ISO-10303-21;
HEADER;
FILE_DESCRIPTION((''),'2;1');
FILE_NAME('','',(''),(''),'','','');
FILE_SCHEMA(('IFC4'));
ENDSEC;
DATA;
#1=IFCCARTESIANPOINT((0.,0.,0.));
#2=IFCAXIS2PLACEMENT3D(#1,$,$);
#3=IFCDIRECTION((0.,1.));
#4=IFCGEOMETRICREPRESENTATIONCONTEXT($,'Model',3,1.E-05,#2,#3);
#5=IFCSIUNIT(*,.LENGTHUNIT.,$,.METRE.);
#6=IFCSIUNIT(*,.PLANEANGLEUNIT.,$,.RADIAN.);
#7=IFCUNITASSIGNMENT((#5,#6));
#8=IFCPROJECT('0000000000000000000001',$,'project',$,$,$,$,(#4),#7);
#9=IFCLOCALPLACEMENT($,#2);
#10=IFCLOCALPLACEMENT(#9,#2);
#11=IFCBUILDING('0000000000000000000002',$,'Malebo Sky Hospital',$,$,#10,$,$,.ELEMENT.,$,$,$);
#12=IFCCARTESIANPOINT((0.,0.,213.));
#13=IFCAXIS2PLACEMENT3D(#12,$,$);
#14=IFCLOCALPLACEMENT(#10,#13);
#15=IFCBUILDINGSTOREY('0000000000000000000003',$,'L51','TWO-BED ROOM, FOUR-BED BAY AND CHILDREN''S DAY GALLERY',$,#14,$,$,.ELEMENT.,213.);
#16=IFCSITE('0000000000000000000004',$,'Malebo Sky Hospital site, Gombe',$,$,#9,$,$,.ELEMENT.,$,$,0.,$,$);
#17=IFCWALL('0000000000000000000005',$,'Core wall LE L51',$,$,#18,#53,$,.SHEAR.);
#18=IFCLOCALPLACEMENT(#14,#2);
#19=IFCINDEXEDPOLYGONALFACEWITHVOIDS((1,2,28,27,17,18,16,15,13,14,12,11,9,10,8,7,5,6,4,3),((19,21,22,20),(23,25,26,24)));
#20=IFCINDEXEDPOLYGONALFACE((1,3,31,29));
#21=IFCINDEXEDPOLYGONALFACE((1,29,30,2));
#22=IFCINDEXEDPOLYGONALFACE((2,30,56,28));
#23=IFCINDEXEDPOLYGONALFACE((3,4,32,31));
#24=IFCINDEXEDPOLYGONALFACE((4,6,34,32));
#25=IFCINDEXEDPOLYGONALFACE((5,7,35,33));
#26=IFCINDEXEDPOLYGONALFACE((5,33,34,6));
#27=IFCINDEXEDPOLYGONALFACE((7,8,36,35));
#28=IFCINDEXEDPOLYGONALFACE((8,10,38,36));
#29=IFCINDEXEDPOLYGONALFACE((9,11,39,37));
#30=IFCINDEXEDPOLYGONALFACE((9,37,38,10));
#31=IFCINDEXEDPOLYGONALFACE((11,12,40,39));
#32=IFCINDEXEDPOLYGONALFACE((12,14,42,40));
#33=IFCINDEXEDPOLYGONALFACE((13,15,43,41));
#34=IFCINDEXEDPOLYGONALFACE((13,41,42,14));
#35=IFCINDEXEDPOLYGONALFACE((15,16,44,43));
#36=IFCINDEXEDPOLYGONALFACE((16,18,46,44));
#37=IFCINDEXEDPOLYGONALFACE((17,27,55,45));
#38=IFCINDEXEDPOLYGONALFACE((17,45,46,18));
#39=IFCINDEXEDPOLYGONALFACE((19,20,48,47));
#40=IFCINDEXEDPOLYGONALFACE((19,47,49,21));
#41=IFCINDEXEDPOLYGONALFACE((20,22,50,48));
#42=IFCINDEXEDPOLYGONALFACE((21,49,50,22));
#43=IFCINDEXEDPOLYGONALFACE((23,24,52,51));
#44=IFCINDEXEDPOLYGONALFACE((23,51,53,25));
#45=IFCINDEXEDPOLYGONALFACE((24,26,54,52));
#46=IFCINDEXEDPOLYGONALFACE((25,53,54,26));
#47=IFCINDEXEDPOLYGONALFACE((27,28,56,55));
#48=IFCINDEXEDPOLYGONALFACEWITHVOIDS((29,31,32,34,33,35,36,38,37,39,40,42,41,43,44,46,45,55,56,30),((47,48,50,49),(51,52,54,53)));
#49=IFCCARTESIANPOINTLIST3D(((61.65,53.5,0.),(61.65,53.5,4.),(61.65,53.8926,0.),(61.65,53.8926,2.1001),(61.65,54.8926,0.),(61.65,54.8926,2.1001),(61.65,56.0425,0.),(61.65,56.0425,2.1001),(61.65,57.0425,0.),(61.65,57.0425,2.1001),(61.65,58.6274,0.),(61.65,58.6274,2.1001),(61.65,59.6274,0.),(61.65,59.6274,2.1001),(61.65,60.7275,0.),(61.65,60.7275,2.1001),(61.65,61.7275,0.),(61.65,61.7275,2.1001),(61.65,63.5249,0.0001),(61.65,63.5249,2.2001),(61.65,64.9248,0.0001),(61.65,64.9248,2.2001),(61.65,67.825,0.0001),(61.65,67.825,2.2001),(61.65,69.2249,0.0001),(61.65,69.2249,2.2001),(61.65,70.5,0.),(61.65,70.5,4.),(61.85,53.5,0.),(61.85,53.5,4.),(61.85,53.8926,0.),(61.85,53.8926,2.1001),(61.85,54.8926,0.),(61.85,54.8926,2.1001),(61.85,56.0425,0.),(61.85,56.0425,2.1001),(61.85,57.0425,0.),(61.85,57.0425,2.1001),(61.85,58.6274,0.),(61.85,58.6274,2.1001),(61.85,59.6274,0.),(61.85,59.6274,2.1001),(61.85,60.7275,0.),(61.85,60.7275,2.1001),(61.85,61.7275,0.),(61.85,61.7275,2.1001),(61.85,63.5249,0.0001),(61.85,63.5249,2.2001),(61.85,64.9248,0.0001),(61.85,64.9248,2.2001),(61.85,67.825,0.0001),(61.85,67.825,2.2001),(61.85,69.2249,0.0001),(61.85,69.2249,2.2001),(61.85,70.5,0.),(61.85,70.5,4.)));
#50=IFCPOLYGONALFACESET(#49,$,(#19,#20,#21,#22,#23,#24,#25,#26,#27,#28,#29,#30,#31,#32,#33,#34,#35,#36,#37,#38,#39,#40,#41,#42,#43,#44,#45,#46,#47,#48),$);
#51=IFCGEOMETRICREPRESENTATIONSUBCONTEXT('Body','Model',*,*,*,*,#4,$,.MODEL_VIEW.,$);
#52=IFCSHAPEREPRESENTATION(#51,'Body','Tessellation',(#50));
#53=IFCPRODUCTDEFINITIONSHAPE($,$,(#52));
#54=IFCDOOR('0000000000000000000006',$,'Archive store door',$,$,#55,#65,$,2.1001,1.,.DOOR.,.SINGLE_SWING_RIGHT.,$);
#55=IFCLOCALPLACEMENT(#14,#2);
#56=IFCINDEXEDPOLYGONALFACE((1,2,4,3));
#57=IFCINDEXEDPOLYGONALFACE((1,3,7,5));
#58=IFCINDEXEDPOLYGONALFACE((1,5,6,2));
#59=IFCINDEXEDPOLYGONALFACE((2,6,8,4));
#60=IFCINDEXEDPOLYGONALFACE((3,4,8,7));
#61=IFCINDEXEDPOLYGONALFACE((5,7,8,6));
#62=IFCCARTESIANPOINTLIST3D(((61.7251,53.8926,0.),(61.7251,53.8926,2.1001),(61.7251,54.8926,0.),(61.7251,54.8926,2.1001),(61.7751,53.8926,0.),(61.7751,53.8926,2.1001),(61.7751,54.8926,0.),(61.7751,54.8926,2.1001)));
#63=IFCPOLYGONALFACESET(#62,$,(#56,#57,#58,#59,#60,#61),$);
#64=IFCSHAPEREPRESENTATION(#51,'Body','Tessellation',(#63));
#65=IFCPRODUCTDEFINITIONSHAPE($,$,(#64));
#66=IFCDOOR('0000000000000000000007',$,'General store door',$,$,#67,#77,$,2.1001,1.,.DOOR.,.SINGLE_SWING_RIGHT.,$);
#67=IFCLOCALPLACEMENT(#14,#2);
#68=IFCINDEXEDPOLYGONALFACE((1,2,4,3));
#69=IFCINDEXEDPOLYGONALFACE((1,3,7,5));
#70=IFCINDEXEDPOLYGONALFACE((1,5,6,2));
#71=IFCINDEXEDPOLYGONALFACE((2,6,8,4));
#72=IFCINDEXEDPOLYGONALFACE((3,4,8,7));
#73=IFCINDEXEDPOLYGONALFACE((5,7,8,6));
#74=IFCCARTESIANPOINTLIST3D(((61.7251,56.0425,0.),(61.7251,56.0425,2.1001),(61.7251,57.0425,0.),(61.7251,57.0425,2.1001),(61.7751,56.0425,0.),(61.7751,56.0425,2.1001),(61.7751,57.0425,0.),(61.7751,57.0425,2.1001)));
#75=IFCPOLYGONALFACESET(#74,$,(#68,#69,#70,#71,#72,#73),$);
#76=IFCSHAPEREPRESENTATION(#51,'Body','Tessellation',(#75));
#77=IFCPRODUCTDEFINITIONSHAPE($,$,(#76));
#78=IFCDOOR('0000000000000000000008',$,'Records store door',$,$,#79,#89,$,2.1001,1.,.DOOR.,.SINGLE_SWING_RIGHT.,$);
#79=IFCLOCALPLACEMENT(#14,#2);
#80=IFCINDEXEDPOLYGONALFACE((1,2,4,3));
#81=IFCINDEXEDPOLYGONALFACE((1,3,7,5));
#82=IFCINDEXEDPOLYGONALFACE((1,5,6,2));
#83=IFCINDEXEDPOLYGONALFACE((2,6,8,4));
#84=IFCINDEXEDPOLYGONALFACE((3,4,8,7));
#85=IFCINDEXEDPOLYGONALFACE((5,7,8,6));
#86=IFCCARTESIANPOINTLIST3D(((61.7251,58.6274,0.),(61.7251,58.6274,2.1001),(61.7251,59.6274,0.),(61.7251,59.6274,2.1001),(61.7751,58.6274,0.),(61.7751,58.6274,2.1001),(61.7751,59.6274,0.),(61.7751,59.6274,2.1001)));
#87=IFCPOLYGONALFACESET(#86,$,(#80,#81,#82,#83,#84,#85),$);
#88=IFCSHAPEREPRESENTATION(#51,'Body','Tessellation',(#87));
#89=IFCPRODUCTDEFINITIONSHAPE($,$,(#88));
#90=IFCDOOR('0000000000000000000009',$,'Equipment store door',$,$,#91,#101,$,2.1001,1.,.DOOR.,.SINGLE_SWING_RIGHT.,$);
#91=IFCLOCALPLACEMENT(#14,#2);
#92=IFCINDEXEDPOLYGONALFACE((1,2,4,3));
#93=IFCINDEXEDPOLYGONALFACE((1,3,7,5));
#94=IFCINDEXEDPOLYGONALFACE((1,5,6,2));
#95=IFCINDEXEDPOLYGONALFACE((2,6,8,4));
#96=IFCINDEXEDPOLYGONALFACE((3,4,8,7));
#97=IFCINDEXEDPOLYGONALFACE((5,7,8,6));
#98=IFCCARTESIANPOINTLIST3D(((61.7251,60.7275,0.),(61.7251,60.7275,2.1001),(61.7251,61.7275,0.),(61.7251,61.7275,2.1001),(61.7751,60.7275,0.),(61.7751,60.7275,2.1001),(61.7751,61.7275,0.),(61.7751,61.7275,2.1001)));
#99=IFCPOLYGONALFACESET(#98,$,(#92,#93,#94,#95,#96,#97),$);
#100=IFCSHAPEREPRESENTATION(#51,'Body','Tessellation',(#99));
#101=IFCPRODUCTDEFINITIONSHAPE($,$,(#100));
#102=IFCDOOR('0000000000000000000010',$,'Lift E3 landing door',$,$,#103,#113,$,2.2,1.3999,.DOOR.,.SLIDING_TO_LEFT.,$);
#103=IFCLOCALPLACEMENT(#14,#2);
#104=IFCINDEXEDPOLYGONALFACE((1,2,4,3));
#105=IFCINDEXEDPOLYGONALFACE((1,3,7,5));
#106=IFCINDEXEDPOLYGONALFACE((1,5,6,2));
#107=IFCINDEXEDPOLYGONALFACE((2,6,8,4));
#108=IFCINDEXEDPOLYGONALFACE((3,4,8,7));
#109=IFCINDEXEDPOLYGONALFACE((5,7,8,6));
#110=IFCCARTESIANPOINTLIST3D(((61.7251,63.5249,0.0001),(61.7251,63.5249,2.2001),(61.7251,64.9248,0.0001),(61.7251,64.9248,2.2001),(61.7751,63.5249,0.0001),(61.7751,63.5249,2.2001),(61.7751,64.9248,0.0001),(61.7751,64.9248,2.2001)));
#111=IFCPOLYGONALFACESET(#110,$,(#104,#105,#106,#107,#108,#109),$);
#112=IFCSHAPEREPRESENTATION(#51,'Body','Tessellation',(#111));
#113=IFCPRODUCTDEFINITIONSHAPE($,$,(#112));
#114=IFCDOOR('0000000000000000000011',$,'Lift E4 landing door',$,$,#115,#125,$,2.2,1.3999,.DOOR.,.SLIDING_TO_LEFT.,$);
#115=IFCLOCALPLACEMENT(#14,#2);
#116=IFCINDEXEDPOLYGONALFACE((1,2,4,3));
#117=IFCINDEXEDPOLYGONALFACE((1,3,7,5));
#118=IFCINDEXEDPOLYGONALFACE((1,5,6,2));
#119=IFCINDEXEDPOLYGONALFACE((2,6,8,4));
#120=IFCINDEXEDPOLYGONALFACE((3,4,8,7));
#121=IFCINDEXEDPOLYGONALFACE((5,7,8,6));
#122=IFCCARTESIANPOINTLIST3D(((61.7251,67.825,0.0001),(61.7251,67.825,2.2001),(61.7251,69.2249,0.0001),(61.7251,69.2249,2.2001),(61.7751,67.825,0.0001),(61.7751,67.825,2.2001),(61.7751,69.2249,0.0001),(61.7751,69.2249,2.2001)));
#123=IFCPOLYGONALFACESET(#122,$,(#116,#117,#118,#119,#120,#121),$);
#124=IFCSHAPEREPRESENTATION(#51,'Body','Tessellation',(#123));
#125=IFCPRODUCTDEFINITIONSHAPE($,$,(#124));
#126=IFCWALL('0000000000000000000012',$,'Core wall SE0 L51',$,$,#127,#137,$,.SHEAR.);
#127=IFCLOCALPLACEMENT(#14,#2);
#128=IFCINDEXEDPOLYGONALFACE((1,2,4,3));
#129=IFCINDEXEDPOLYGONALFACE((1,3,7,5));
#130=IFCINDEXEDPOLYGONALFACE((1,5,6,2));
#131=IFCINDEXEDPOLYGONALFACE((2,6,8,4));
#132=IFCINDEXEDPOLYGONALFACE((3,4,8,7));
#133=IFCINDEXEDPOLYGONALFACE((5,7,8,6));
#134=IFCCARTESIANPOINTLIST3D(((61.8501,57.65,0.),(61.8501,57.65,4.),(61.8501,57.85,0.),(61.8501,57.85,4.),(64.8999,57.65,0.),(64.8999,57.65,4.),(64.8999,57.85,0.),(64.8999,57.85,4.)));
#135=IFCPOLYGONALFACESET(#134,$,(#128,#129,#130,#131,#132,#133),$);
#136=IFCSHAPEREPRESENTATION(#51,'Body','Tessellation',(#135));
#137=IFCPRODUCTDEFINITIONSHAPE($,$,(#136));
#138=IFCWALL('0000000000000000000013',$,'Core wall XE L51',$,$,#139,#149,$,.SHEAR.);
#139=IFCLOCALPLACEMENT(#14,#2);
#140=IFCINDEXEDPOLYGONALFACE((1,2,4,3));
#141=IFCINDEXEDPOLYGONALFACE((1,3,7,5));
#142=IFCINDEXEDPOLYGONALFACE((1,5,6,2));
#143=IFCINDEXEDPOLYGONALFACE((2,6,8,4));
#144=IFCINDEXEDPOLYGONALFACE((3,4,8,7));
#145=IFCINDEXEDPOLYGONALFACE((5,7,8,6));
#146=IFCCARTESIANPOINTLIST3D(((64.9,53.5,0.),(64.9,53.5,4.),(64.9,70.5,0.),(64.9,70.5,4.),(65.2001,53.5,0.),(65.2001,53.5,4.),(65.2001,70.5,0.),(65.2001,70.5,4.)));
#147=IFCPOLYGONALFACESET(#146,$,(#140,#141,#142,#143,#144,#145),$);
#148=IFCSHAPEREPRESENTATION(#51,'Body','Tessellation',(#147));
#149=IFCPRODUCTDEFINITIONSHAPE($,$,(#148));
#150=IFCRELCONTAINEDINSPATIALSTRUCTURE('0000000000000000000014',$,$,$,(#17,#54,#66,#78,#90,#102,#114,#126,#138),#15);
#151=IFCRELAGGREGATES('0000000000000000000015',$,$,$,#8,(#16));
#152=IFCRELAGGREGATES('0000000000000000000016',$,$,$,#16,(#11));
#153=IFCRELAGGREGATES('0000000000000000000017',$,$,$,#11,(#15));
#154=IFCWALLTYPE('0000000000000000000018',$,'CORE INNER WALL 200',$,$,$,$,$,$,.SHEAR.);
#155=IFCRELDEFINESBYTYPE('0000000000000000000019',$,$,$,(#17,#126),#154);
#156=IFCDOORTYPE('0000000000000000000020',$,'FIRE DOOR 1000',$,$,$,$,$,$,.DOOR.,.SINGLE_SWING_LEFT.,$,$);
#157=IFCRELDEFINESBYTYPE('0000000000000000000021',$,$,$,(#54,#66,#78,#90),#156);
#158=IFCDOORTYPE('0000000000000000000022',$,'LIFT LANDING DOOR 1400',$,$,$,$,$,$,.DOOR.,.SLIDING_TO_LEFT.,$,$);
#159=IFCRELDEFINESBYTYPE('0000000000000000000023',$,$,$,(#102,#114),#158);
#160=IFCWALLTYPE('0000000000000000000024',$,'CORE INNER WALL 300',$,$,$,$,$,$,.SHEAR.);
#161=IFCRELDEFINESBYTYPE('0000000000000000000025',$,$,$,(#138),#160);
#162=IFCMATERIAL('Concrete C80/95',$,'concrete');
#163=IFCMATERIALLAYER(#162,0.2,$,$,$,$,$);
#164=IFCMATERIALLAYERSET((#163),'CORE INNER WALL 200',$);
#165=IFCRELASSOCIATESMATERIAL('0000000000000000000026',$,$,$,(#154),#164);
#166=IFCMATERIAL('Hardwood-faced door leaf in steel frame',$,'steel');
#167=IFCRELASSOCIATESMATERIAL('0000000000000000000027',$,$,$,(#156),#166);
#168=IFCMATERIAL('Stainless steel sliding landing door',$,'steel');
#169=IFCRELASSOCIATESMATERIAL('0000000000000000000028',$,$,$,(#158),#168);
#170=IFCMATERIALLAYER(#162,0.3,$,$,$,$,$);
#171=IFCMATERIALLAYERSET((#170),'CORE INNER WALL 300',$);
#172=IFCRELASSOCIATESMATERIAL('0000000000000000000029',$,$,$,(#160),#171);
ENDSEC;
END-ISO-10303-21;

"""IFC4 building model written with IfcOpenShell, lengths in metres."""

from ifc_helpers import new_model, si_unit, direction, frame, frame_2d, origin, place, context, subcontext, project, spatial, rectangle, extrude, material, layer, layer_set, type_object, element, fill, save


model = new_model("IFC4")

# Units and contexts
model_context = context("Model", 3, precision=1e-05, world=origin(), true_north=direction((0.0, 1.0)))
body_context = subcontext(model_context, "Body", "Model", "MODEL_VIEW")
ifc_project = project(units=[si_unit("LENGTHUNIT", "METRE"), si_unit("PLANEANGLEUNIT", "RADIAN")], contexts=[model_context])

# Site, building, storey
site_placement = place(None, origin())
site = spatial("IfcSite", under=ifc_project, at=site_placement, Name="Malebo Sky Hospital site, Gombe", CompositionType="ELEMENT", RefElevation=0.0)
building_placement = place(site_placement, origin())
building = spatial("IfcBuilding", under=site, at=building_placement, Name="Malebo Sky Hospital", CompositionType="ELEMENT")
storey_placement = place(building_placement, frame((0.0, 0.0, 213.0)))
storey = spatial("IfcBuildingStorey", under=building, at=storey_placement, Name="L51", Description="TWO-BED ROOM, FOUR-BED BAY AND CHILDREN'S DAY GALLERY", CompositionType="ELEMENT", Elevation=213.0)

# Wall, openings, doors
ifc_material_1 = material(Name="Concrete C80/95", Category="concrete")
ifc_layer_1 = layer(ifc_material_1, 0.2)
ifc_layer_set_1 = layer_set([ifc_layer_1], Name="CORE INNER WALL 200")
wall_type_1 = type_object("IfcWallType", Name="CORE INNER WALL 200", PredefinedType="SHEAR", material=ifc_layer_set_1)
ifc_material_2 = material(Name="Hardwood-faced door leaf in steel frame", Category="steel")
door_type_1 = type_object("IfcDoorType", Name="FIRE DOOR 1000", OperationType="SINGLE_SWING_LEFT", PredefinedType="DOOR", material=ifc_material_2)
ifc_material_3 = material(Name="Stainless steel sliding landing door", Category="steel")
door_type_2 = type_object("IfcDoorType", Name="LIFT LANDING DOOR 1400", OperationType="SLIDING_TO_LEFT", PredefinedType="DOOR", material=ifc_material_3)
wall_1_placement = place(storey_placement, frame((61.75, 53.5, 0.0), z_axis=(0.0, 0.0, 1.0), x_axis=(0.0, 1.0, 0.0)))
wall_1 = element("IfcWall", 1, at=wall_1_placement, inside=storey, type_object=wall_type_1, Name="Core wall LE L51", PredefinedType="SHEAR", context=body_context, shape_type="SweptSolid", body=[
    extrude(rectangle(XDim=17.0, YDim=0.2, at=frame_2d((8.5, 0.0))), origin(), (0.0, 0.0, 1.0), 4.0),
])
opening_1_placement = place(wall_1_placement, frame((0.3926, 0.0, 0.0)))
opening_1 = element("IfcOpeningElement", 2, at=opening_1_placement, cuts=wall_1, PredefinedType="OPENING", context=body_context, shape_type="SweptSolid", body=[
    extrude(rectangle(XDim=1.0, YDim=2.1001, at=frame_2d((0.5, 1.05))), frame((0.0, 0.1099, 0.0), z_axis=(0.0, -1.0, 0.0), x_axis=(1.0, 0.0, 0.0)), (0.0, 0.0, 1.0), 0.22),
])
opening_2_placement = place(wall_1_placement, frame((2.5425, 0.0, 0.0)))
opening_2 = element("IfcOpeningElement", 3, at=opening_2_placement, cuts=wall_1, PredefinedType="OPENING", context=body_context, shape_type="SweptSolid", body=[
    extrude(rectangle(XDim=1.0, YDim=2.1001, at=frame_2d((0.5, 1.05))), frame((0.0, 0.1099, 0.0), z_axis=(0.0, -1.0, 0.0), x_axis=(1.0, 0.0, 0.0)), (0.0, 0.0, 1.0), 0.22),
])
opening_3_placement = place(wall_1_placement, frame((5.1274, 0.0, 0.0)))
opening_3 = element("IfcOpeningElement", 4, at=opening_3_placement, cuts=wall_1, PredefinedType="OPENING", context=body_context, shape_type="SweptSolid", body=[
    extrude(rectangle(XDim=1.0, YDim=2.1001, at=frame_2d((0.5, 1.05))), frame((0.0, 0.1099, 0.0), z_axis=(0.0, -1.0, 0.0), x_axis=(1.0, 0.0, 0.0)), (0.0, 0.0, 1.0), 0.22),
])
opening_4_placement = place(wall_1_placement, frame((7.2275, 0.0, 0.0)))
opening_4 = element("IfcOpeningElement", 5, at=opening_4_placement, cuts=wall_1, PredefinedType="OPENING", context=body_context, shape_type="SweptSolid", body=[
    extrude(rectangle(XDim=1.0, YDim=2.1001, at=frame_2d((0.5, 1.05))), frame((0.0, 0.1099, 0.0), z_axis=(0.0, -1.0, 0.0), x_axis=(1.0, 0.0, 0.0)), (0.0, 0.0, 1.0), 0.22),
])
opening_5_placement = place(wall_1_placement, frame((10.0249, 0.0, 0.0)))
opening_5 = element("IfcOpeningElement", 6, at=opening_5_placement, cuts=wall_1, PredefinedType="OPENING", context=body_context, shape_type="SweptSolid", body=[
    extrude(rectangle(XDim=1.3999, YDim=2.2, at=frame_2d((0.7, 1.1001))), frame((0.0, 0.1099, 0.0), z_axis=(0.0, -1.0, 0.0), x_axis=(1.0, 0.0, 0.0)), (0.0, 0.0, 1.0), 0.22),
])
opening_6_placement = place(wall_1_placement, frame((14.325, 0.0, 0.0)))
opening_6 = element("IfcOpeningElement", 7, at=opening_6_placement, cuts=wall_1, PredefinedType="OPENING", context=body_context, shape_type="SweptSolid", body=[
    extrude(rectangle(XDim=1.3999, YDim=2.2, at=frame_2d((0.7, 1.1001))), frame((0.0, 0.1099, 0.0), z_axis=(0.0, -1.0, 0.0), x_axis=(1.0, 0.0, 0.0)), (0.0, 0.0, 1.0), 0.22),
])
door_1_placement = place(opening_1_placement, origin())
door_1 = element("IfcDoor", 8, at=door_1_placement, inside=storey, type_object=door_type_1, Name="Archive store door", OperationType="SINGLE_SWING_RIGHT", OverallHeight=2.1001, OverallWidth=1.0, PredefinedType="DOOR", context=body_context, shape_type="SweptSolid", body=[
    extrude(rectangle(XDim=1.0, YDim=2.1001, at=frame_2d((0.5, 1.05))), frame((0.0, 0.0249, 0.0), z_axis=(0.0, -1.0, 0.0), x_axis=(1.0, 0.0, 0.0)), (0.0, 0.0, 1.0), 0.05),
])
fill(opening_1, door_1)
door_2_placement = place(opening_2_placement, origin())
door_2 = element("IfcDoor", 9, at=door_2_placement, inside=storey, type_object=door_type_1, Name="General store door", OperationType="SINGLE_SWING_RIGHT", OverallHeight=2.1001, OverallWidth=1.0, PredefinedType="DOOR", context=body_context, shape_type="SweptSolid", body=[
    extrude(rectangle(XDim=1.0, YDim=2.1001, at=frame_2d((0.5, 1.05))), frame((0.0, 0.0249, 0.0), z_axis=(0.0, -1.0, 0.0), x_axis=(1.0, 0.0, 0.0)), (0.0, 0.0, 1.0), 0.05),
])
fill(opening_2, door_2)
door_3_placement = place(opening_3_placement, origin())
door_3 = element("IfcDoor", 10, at=door_3_placement, inside=storey, type_object=door_type_1, Name="Records store door", OperationType="SINGLE_SWING_RIGHT", OverallHeight=2.1001, OverallWidth=1.0, PredefinedType="DOOR", context=body_context, shape_type="SweptSolid", body=[
    extrude(rectangle(XDim=1.0, YDim=2.1001, at=frame_2d((0.5, 1.05))), frame((0.0, 0.0249, 0.0), z_axis=(0.0, -1.0, 0.0), x_axis=(1.0, 0.0, 0.0)), (0.0, 0.0, 1.0), 0.05),
])
fill(opening_3, door_3)
door_4_placement = place(opening_4_placement, origin())
door_4 = element("IfcDoor", 11, at=door_4_placement, inside=storey, type_object=door_type_1, Name="Equipment store door", OperationType="SINGLE_SWING_RIGHT", OverallHeight=2.1001, OverallWidth=1.0, PredefinedType="DOOR", context=body_context, shape_type="SweptSolid", body=[
    extrude(rectangle(XDim=1.0, YDim=2.1001, at=frame_2d((0.5, 1.05))), frame((0.0, 0.0249, 0.0), z_axis=(0.0, -1.0, 0.0), x_axis=(1.0, 0.0, 0.0)), (0.0, 0.0, 1.0), 0.05),
])
fill(opening_4, door_4)
door_5_placement = place(opening_5_placement, origin())
door_5 = element("IfcDoor", 12, at=door_5_placement, inside=storey, type_object=door_type_2, Name="Lift E3 landing door", OperationType="SLIDING_TO_LEFT", OverallHeight=2.2, OverallWidth=1.3999, PredefinedType="DOOR", context=body_context, shape_type="SweptSolid", body=[
    extrude(rectangle(XDim=1.3999, YDim=2.2, at=frame_2d((0.7, 1.1001))), frame((0.0, 0.0249, 0.0), z_axis=(0.0, -1.0, 0.0), x_axis=(1.0, 0.0, 0.0)), (0.0, 0.0, 1.0), 0.05),
])
fill(opening_5, door_5)
door_6_placement = place(opening_6_placement, origin())
door_6 = element("IfcDoor", 13, at=door_6_placement, inside=storey, type_object=door_type_2, Name="Lift E4 landing door", OperationType="SLIDING_TO_LEFT", OverallHeight=2.2, OverallWidth=1.3999, PredefinedType="DOOR", context=body_context, shape_type="SweptSolid", body=[
    extrude(rectangle(XDim=1.3999, YDim=2.2, at=frame_2d((0.7, 1.1001))), frame((0.0, 0.0249, 0.0), z_axis=(0.0, -1.0, 0.0), x_axis=(1.0, 0.0, 0.0)), (0.0, 0.0, 1.0), 0.05),
])
fill(opening_6, door_6)

# Walls
wall_2_placement = place(storey_placement, frame((61.8501, 57.75, 0.0), z_axis=(0.0, 0.0, 1.0), x_axis=(1.0, 0.0, 0.0)))
element("IfcWall", 14, at=wall_2_placement, inside=storey, type_object=wall_type_1, Name="Core wall SE0 L51", PredefinedType="SHEAR", context=body_context, shape_type="SweptSolid", body=[
    extrude(rectangle(XDim=3.0498, YDim=0.2, at=frame_2d((1.5249, 0.0))), origin(), (0.0, 0.0, 1.0), 4.0),
])
ifc_layer_2 = layer(ifc_material_1, 0.3)
ifc_layer_set_2 = layer_set([ifc_layer_2], Name="CORE INNER WALL 300")
wall_type_2 = type_object("IfcWallType", Name="CORE INNER WALL 300", PredefinedType="SHEAR", material=ifc_layer_set_2)
wall_3_placement = place(storey_placement, frame((65.05, 53.5, 0.0), z_axis=(0.0, 0.0, 1.0), x_axis=(0.0, 1.0, 0.0)))
element("IfcWall", 15, at=wall_3_placement, inside=storey, type_object=wall_type_2, Name="Core wall XE L51", PredefinedType="SHEAR", context=body_context, shape_type="SweptSolid", body=[
    extrude(rectangle(XDim=17.0, YDim=0.3, at=frame_2d((8.5, 0.0))), origin(), (0.0, 0.0, 1.0), 4.0),
])

save(model, "model.ifc")
